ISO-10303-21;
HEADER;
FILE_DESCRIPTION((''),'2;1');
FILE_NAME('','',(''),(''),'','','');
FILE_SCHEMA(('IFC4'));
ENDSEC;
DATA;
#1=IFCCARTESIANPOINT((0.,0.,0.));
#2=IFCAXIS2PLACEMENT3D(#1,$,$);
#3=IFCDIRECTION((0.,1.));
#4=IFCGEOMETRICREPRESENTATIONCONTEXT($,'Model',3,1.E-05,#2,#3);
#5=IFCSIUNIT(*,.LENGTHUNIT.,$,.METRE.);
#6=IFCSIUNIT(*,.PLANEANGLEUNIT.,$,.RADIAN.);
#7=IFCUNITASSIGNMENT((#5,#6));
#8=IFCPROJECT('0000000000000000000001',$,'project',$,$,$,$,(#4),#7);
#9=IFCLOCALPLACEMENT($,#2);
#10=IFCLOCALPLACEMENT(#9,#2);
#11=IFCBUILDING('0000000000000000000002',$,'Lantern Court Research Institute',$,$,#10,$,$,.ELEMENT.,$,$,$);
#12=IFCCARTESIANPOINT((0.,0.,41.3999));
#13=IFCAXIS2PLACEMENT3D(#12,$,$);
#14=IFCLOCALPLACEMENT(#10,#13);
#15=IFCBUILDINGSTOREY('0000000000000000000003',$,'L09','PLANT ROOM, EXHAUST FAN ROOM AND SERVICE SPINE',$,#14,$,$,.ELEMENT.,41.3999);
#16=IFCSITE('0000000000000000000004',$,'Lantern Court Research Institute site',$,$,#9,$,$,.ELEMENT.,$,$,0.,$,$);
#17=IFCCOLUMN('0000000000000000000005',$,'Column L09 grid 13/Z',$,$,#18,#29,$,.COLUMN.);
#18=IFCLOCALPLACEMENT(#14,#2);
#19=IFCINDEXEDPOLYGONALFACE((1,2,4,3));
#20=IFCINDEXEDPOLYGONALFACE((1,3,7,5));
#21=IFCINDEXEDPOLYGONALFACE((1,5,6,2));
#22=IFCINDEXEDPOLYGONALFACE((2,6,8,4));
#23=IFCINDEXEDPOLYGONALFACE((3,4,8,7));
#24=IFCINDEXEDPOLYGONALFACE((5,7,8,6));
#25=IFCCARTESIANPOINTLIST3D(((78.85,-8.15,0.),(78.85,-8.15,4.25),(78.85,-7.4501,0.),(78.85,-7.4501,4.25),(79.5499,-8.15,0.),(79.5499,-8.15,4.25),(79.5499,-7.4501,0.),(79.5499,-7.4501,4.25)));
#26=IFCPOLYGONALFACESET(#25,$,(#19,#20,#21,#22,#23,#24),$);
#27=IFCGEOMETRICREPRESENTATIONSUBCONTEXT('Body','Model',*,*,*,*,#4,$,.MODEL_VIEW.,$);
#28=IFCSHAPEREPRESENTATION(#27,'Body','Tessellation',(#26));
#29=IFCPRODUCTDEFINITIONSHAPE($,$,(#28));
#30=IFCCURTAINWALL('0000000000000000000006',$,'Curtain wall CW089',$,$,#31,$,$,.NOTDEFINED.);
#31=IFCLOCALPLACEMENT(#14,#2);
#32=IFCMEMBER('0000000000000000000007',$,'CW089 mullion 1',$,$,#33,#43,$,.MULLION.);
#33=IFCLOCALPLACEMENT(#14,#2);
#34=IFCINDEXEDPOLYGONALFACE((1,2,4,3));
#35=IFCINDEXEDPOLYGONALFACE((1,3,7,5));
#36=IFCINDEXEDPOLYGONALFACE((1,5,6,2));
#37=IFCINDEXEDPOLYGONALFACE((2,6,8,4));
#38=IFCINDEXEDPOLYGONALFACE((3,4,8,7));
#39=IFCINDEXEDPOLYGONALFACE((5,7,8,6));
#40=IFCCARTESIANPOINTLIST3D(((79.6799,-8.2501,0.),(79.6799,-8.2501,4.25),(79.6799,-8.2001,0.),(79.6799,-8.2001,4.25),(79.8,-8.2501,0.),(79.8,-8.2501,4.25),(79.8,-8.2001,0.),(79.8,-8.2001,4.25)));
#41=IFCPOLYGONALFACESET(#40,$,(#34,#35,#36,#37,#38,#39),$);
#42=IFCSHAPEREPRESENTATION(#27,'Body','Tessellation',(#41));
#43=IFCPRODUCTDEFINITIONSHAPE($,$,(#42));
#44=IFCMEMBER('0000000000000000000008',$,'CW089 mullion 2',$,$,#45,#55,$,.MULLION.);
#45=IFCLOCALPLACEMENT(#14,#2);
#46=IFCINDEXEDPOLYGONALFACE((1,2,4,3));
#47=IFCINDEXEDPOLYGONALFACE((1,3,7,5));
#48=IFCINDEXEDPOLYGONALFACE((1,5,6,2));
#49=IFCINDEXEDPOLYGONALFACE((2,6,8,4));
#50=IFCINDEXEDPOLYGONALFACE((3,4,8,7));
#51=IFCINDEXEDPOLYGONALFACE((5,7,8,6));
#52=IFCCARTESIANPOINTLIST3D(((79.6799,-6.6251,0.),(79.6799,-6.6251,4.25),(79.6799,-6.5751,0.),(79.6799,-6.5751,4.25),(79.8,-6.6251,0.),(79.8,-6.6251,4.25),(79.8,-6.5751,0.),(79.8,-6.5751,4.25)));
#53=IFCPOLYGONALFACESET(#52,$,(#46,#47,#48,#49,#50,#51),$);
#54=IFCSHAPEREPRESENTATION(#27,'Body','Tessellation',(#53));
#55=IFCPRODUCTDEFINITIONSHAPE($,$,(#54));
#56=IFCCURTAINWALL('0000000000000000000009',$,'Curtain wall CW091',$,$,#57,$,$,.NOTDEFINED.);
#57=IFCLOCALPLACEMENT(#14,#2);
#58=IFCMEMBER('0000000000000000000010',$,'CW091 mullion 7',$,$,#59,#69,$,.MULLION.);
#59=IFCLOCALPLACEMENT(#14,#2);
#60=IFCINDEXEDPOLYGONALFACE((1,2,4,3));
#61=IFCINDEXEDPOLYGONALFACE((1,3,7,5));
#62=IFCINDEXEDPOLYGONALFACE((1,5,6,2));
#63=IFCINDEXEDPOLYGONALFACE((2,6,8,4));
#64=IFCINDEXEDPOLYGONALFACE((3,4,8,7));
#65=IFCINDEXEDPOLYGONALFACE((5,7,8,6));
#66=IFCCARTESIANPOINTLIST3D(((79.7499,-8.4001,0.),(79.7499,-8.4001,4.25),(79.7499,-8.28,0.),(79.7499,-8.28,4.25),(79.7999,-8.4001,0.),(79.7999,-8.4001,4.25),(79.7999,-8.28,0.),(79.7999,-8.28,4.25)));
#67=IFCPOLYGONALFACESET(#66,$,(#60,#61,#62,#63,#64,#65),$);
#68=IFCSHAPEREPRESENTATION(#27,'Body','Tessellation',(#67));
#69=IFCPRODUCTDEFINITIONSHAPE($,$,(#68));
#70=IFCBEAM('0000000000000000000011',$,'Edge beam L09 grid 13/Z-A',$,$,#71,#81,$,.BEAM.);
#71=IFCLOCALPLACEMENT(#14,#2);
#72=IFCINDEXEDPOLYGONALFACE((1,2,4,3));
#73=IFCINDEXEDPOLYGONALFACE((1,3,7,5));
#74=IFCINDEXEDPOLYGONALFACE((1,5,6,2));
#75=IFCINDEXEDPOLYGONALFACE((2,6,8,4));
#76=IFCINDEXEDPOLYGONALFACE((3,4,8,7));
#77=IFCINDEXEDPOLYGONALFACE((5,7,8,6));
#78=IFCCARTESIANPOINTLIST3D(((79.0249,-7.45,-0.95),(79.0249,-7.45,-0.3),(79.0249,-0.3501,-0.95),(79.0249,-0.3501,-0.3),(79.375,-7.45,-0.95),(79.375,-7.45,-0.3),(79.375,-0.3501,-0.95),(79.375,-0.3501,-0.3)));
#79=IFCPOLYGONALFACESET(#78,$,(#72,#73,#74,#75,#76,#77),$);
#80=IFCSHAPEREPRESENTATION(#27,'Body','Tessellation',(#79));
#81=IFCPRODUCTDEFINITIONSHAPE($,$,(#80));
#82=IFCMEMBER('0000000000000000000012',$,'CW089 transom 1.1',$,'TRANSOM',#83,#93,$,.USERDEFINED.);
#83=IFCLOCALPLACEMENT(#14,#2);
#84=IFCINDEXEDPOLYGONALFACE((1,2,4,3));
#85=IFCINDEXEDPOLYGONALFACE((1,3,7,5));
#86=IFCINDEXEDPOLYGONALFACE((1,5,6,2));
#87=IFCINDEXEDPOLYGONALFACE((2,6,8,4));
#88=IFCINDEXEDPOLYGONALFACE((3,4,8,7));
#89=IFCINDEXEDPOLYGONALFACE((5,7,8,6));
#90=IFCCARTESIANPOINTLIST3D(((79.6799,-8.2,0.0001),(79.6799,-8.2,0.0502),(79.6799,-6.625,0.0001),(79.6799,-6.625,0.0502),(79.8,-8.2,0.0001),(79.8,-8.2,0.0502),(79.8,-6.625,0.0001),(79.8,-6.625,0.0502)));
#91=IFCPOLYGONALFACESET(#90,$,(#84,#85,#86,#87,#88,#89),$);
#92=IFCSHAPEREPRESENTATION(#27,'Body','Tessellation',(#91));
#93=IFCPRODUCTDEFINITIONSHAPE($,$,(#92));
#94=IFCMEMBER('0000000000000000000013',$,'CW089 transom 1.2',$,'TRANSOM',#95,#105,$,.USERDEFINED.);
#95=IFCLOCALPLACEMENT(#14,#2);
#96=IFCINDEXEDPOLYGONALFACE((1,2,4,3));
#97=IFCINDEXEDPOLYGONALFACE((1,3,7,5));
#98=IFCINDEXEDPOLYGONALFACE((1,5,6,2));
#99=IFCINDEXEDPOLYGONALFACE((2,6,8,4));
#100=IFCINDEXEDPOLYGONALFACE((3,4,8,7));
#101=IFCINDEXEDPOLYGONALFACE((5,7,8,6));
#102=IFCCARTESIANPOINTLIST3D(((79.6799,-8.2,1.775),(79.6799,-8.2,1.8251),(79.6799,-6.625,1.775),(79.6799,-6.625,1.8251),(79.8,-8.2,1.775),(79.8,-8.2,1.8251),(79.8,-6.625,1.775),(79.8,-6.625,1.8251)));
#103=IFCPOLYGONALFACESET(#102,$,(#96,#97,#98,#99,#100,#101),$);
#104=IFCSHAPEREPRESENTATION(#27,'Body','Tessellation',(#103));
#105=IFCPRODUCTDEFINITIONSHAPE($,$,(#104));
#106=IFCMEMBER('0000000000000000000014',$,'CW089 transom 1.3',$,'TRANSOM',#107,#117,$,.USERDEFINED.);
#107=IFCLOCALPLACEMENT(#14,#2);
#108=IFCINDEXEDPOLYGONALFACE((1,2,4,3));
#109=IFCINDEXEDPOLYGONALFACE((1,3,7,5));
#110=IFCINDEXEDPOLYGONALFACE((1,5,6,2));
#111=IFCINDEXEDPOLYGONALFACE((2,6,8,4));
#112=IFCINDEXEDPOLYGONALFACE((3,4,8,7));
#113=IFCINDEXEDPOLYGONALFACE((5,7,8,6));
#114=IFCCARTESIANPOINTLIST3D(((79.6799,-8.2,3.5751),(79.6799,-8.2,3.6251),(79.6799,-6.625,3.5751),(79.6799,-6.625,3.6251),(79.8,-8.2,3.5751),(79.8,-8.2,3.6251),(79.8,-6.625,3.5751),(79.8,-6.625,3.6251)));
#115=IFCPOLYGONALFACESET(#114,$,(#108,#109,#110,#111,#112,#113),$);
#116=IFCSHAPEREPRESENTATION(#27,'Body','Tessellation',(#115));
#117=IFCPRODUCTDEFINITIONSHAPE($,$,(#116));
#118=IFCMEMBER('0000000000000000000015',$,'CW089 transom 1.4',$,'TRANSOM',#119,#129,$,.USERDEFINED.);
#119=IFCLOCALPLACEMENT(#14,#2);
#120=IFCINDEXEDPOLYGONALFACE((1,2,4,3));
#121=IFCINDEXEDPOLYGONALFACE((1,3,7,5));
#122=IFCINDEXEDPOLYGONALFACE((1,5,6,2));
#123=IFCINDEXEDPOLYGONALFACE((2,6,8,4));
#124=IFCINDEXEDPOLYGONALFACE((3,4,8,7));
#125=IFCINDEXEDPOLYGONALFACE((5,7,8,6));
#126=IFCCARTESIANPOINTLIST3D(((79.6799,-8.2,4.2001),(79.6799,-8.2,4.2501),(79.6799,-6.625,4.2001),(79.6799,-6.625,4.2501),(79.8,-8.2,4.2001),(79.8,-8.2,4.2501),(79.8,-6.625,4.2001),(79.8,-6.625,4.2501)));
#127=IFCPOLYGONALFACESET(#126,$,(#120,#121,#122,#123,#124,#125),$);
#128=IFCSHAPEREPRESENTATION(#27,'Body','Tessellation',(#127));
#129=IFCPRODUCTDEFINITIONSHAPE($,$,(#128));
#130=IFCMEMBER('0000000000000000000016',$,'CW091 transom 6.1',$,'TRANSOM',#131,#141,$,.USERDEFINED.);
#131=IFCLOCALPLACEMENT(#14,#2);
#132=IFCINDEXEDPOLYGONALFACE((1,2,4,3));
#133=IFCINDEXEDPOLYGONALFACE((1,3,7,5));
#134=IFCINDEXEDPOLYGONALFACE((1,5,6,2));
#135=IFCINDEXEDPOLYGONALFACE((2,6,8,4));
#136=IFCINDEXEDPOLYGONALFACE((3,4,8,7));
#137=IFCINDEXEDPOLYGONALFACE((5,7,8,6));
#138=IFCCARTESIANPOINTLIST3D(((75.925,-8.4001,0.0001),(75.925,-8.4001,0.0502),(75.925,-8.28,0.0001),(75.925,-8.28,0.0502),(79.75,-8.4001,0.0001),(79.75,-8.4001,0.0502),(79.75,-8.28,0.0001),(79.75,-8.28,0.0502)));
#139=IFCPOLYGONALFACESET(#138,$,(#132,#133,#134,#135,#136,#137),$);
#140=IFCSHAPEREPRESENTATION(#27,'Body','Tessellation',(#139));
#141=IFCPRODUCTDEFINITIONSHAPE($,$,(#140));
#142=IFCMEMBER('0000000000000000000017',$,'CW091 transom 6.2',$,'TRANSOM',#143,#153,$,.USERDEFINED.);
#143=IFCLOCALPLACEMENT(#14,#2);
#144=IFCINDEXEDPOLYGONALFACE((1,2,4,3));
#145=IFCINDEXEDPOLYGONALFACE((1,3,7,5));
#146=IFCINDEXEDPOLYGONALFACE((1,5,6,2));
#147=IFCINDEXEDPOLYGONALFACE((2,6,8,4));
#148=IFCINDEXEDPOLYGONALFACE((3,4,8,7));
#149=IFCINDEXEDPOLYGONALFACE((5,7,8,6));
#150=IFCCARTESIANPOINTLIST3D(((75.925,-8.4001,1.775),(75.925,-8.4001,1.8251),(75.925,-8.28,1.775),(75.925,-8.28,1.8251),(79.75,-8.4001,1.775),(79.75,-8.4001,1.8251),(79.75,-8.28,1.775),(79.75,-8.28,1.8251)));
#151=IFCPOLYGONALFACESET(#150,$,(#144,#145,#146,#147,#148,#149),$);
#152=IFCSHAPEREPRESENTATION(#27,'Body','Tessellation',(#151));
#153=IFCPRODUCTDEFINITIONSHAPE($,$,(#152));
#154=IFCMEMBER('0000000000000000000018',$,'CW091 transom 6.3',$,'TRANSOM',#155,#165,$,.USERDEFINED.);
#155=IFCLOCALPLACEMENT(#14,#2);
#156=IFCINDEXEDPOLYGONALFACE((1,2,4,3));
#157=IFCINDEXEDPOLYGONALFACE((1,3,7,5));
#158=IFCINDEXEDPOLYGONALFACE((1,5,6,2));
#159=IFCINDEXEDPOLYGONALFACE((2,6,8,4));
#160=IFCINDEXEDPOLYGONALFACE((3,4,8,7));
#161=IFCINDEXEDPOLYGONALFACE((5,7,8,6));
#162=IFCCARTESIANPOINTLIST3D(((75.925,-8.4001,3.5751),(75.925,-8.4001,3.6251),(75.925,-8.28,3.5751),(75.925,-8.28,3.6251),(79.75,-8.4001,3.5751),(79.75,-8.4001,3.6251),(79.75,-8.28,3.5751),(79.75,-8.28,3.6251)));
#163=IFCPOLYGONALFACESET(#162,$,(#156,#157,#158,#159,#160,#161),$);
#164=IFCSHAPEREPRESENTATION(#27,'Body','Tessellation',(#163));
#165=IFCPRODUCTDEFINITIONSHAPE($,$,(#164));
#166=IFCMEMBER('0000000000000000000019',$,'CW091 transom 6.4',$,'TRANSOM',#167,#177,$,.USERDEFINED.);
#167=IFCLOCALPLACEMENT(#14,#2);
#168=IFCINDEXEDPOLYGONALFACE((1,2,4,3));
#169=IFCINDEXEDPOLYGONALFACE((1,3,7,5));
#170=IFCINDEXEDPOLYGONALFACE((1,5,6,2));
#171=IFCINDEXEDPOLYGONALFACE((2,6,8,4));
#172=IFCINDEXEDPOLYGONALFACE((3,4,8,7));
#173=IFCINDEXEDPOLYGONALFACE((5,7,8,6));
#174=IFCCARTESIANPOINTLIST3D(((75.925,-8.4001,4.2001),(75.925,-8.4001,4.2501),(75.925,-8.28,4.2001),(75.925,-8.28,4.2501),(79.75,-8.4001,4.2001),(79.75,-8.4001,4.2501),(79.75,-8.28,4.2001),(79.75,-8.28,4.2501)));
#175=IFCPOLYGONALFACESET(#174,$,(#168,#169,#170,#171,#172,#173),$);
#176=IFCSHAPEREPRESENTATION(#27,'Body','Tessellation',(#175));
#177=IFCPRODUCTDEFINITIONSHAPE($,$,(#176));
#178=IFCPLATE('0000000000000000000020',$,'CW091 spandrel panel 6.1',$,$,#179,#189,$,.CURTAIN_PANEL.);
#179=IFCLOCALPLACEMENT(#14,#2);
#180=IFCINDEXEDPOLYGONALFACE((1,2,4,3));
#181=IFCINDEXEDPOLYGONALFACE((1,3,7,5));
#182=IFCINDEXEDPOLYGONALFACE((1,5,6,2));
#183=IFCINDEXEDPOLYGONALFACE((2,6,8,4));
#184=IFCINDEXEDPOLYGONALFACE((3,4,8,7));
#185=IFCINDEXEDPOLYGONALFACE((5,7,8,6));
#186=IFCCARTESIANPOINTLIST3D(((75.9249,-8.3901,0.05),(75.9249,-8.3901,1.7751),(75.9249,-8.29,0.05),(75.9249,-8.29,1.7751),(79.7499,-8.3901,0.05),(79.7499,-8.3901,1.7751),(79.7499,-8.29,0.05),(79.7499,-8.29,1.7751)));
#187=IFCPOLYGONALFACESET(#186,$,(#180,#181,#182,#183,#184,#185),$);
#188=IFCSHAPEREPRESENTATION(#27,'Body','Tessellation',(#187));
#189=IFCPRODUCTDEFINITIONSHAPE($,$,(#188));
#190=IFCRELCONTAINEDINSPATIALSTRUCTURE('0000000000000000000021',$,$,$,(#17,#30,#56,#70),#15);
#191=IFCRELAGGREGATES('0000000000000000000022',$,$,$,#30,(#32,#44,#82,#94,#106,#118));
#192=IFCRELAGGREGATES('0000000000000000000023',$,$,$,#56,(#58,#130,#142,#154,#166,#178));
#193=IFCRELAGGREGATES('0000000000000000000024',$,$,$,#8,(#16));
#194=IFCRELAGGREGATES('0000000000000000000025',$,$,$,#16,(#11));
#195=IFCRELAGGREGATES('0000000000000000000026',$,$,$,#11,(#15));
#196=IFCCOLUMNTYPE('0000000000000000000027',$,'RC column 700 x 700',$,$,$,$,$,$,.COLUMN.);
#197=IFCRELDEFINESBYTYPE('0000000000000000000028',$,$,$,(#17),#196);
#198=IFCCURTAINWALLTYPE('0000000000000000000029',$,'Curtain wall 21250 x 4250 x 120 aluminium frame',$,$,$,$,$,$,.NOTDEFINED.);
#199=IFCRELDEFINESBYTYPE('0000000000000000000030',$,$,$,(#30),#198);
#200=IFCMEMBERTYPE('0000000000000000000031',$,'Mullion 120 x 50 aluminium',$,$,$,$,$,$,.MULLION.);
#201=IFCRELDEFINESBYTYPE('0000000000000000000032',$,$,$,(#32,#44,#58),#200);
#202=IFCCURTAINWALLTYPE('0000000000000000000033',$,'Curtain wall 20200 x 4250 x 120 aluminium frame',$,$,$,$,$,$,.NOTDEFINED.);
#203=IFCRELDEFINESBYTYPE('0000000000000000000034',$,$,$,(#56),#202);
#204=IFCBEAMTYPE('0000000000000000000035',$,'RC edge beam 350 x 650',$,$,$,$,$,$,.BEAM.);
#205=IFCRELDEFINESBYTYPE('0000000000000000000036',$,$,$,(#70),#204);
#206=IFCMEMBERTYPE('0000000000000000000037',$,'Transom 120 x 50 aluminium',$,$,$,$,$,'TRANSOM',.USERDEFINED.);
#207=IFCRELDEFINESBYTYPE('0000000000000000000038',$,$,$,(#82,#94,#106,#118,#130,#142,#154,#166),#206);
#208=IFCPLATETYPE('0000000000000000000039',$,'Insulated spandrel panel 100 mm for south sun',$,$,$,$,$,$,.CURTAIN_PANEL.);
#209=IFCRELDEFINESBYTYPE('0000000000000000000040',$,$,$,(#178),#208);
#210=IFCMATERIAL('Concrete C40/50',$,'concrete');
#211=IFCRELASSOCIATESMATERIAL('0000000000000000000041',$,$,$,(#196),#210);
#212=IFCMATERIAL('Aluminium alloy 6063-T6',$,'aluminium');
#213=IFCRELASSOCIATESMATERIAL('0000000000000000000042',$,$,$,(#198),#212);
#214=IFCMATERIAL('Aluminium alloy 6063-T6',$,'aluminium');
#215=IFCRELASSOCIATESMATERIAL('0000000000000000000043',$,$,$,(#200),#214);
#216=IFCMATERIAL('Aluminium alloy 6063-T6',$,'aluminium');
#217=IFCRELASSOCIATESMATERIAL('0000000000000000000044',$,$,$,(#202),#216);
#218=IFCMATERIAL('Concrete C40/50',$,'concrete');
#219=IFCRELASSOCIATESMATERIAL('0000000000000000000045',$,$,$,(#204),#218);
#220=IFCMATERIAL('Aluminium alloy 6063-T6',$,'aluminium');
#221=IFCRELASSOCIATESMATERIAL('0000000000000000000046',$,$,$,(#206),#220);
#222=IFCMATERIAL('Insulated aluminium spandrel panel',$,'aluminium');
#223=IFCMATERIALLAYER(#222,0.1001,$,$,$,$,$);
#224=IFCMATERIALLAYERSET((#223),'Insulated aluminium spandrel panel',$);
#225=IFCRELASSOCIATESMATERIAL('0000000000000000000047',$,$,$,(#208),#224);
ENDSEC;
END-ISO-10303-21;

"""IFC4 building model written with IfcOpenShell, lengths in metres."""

from ifc_helpers import new_model, si_unit, direction, frame, origin, origin_2d, place, context, subcontext, project, spatial, rectangle, extrude, material, layer, layer_set, material_profile, profile_set, type_object, element, aggregate, save


model = new_model("IFC4")

# Units and contexts
model_context = context("Model", 3, precision=1e-05, world=origin(), true_north=direction((0.0, 1.0)))
body_context = subcontext(model_context, "Body", "Model", "MODEL_VIEW")
ifc_project = project(units=[si_unit("LENGTHUNIT", "METRE"), si_unit("PLANEANGLEUNIT", "RADIAN")], contexts=[model_context])

# Site, building, storey
site_placement = place(None, origin())
site = spatial("IfcSite", under=ifc_project, at=site_placement, Name="Lantern Court Research Institute site", CompositionType="ELEMENT", RefElevation=0.0)
building_placement = place(site_placement, origin())
building = spatial("IfcBuilding", under=site, at=building_placement, Name="Lantern Court Research Institute", CompositionType="ELEMENT")
storey_placement = place(building_placement, frame((0.0, 0.0, 41.3999)))
storey = spatial("IfcBuildingStorey", under=building, at=storey_placement, Name="L09", Description="PLANT ROOM, EXHAUST FAN ROOM AND SERVICE SPINE", CompositionType="ELEMENT", Elevation=41.3999)

# Column
ifc_material_1 = material(Name="Concrete C40/50", Category="concrete")
ifc_material_profile_1 = material_profile(ifc_material_1, rectangle(XDim=0.7, YDim=0.7, at=origin_2d()), Name="RC column 700 x 700")
ifc_profile_set_1 = profile_set([ifc_material_profile_1], Name="Concrete C40/50")
column_type = type_object("IfcColumnType", Name="RC column 700 x 700", PredefinedType="COLUMN", material=ifc_profile_set_1)
column_placement = place(storey_placement, frame((79.2, -7.8, 0.0), z_axis=(0.0, 0.0, 1.0), x_axis=(1.0, 0.0, 0.0)))
element("IfcColumn", 1, at=column_placement, inside=storey, type_object=column_type, Name="Column L09 grid 13/Z", PredefinedType="COLUMN", context=body_context, shape_type="SweptSolid", body=[
    extrude(rectangle(XDim=0.7, YDim=0.7, at=origin_2d()), origin(), (0.0, 0.0, 1.0), 4.25),
])

# Curtain wall, members
ifc_material_2 = material(Name="Aluminium alloy 6063-T6", Category="aluminium")
curtain_wall_type_1 = type_object("IfcCurtainWallType", Name="Curtain wall 21250 x 4250 x 120 aluminium frame", PredefinedType="NOTDEFINED", material=ifc_material_2)
curtain_wall_1_placement = place(storey_placement, origin())
curtain_wall_1 = element("IfcCurtainWall", 2, at=curtain_wall_1_placement, inside=storey, type_object=curtain_wall_type_1, Name="Curtain wall CW089", PredefinedType="NOTDEFINED")
ifc_material_3 = material(Name="Aluminium alloy 6063-T6", Category="aluminium")
ifc_material_profile_2 = material_profile(ifc_material_3, rectangle(XDim=0.1201, YDim=0.05, at=origin_2d()), Name="Mullion 120 x 50")
ifc_profile_set_2 = profile_set([ifc_material_profile_2], Name="Aluminium alloy 6063-T6")
member_type_1 = type_object("IfcMemberType", Name="Mullion 120 x 50 aluminium", PredefinedType="MULLION", material=ifc_profile_set_2)
member_1_placement = place(storey_placement, frame((79.74, -8.2251, 0.0), z_axis=(0.0, 0.0, 1.0), x_axis=(1.0, 0.0, 0.0)))
member_1 = element("IfcMember", 3, at=member_1_placement, type_object=member_type_1, Name="CW089 mullion 1", PredefinedType="MULLION", context=body_context, shape_type="SweptSolid", body=[
    extrude(rectangle(XDim=0.1201, YDim=0.05, at=origin_2d()), origin(), (0.0, 0.0, 1.0), 4.25),
])
member_2_placement = place(storey_placement, frame((79.74, -6.6001, 0.0), z_axis=(0.0, 0.0, 1.0), x_axis=(1.0, 0.0, 0.0)))
member_2 = element("IfcMember", 4, at=member_2_placement, type_object=member_type_1, Name="CW089 mullion 2", PredefinedType="MULLION", context=body_context, shape_type="SweptSolid", body=[
    extrude(rectangle(XDim=0.1201, YDim=0.05, at=origin_2d()), origin(), (0.0, 0.0, 1.0), 4.25),
])

# Curtain wall, member
ifc_material_4 = material(Name="Aluminium alloy 6063-T6", Category="aluminium")
curtain_wall_type_2 = type_object("IfcCurtainWallType", Name="Curtain wall 20200 x 4250 x 120 aluminium frame", PredefinedType="NOTDEFINED", material=ifc_material_4)
curtain_wall_2_placement = place(storey_placement, origin())
curtain_wall_2 = element("IfcCurtainWall", 5, at=curtain_wall_2_placement, inside=storey, type_object=curtain_wall_type_2, Name="Curtain wall CW091", PredefinedType="NOTDEFINED")
member_3_placement = place(storey_placement, frame((79.7749, -8.3401, 0.0), z_axis=(0.0, 0.0, 1.0), x_axis=(0.0, -1.0, 0.0)))
member_3 = element("IfcMember", 6, at=member_3_placement, type_object=member_type_1, Name="CW091 mullion 7", PredefinedType="MULLION", context=body_context, shape_type="SweptSolid", body=[
    extrude(rectangle(XDim=0.1201, YDim=0.05, at=origin_2d()), origin(), (0.0, 0.0, 1.0), 4.25),
])

# Beam
ifc_material_5 = material(Name="Concrete C40/50", Category="concrete")
ifc_material_profile_3 = material_profile(ifc_material_5, rectangle(XDim=0.3501, YDim=0.6499, at=origin_2d()), Name="RC beam 350 x 650")
ifc_profile_set_3 = profile_set([ifc_material_profile_3], Name="Concrete C40/50")
beam_type = type_object("IfcBeamType", Name="RC edge beam 350 x 650", PredefinedType="BEAM", material=ifc_profile_set_3)
beam_placement = place(storey_placement, frame((79.2, -7.45, -0.625), z_axis=(0.0, 1.0, 0.0), x_axis=(-1.0, 0.0, 0.0)))
element("IfcBeam", 7, at=beam_placement, inside=storey, type_object=beam_type, Name="Edge beam L09 grid 13/Z-A", PredefinedType="BEAM", context=body_context, shape_type="SweptSolid", body=[
    extrude(rectangle(XDim=0.3501, YDim=0.6499, at=origin_2d()), origin(), (0.0, 0.0, 1.0), 7.0999),
])

# Members
ifc_material_6 = material(Name="Aluminium alloy 6063-T6", Category="aluminium")
ifc_material_profile_4 = material_profile(ifc_material_6, rectangle(XDim=0.1201, YDim=0.05, at=origin_2d()), Name="Transom 120 x 50")
ifc_profile_set_4 = profile_set([ifc_material_profile_4], Name="Aluminium alloy 6063-T6")
member_type_2 = type_object("IfcMemberType", Name="Transom 120 x 50 aluminium", ElementType="TRANSOM", PredefinedType="USERDEFINED", material=ifc_profile_set_4)
member_4_placement = place(storey_placement, frame((79.74, -6.625, 0.0251), z_axis=(0.0, -1.0, 0.0), x_axis=(1.0, 0.0, 0.0)))
member_4 = element("IfcMember", 8, at=member_4_placement, type_object=member_type_2, Name="CW089 transom 1.1", ObjectType="TRANSOM", PredefinedType="USERDEFINED", context=body_context, shape_type="SweptSolid", body=[
    extrude(rectangle(XDim=0.1201, YDim=0.05, at=origin_2d()), origin(), (0.0, 0.0, 1.0), 1.575),
])
member_5_placement = place(storey_placement, frame((79.74, -6.625, 1.8), z_axis=(0.0, -1.0, 0.0), x_axis=(1.0, 0.0, 0.0)))
member_5 = element("IfcMember", 9, at=member_5_placement, type_object=member_type_2, Name="CW089 transom 1.2", ObjectType="TRANSOM", PredefinedType="USERDEFINED", context=body_context, shape_type="SweptSolid", body=[
    extrude(rectangle(XDim=0.1201, YDim=0.05, at=origin_2d()), origin(), (0.0, 0.0, 1.0), 1.575),
])
member_6_placement = place(storey_placement, frame((79.74, -6.625, 3.6001), z_axis=(0.0, -1.0, 0.0), x_axis=(1.0, 0.0, 0.0)))
member_6 = element("IfcMember", 10, at=member_6_placement, type_object=member_type_2, Name="CW089 transom 1.3", ObjectType="TRANSOM", PredefinedType="USERDEFINED", context=body_context, shape_type="SweptSolid", body=[
    extrude(rectangle(XDim=0.1201, YDim=0.05, at=origin_2d()), origin(), (0.0, 0.0, 1.0), 1.575),
])
member_7_placement = place(storey_placement, frame((79.74, -6.625, 4.2251), z_axis=(0.0, -1.0, 0.0), x_axis=(1.0, 0.0, 0.0)))
member_7 = element("IfcMember", 11, at=member_7_placement, type_object=member_type_2, Name="CW089 transom 1.4", ObjectType="TRANSOM", PredefinedType="USERDEFINED", context=body_context, shape_type="SweptSolid", body=[
    extrude(rectangle(XDim=0.1201, YDim=0.05, at=origin_2d()), origin(), (0.0, 0.0, 1.0), 1.575),
])
member_8_placement = place(storey_placement, frame((79.75, -8.3401, 0.0251), z_axis=(-1.0, 0.0, 0.0), x_axis=(0.0, -1.0, 0.0)))
member_8 = element("IfcMember", 12, at=member_8_placement, type_object=member_type_2, Name="CW091 transom 6.1", ObjectType="TRANSOM", PredefinedType="USERDEFINED", context=body_context, shape_type="SweptSolid", body=[
    extrude(rectangle(XDim=0.1201, YDim=0.05, at=origin_2d()), origin(), (0.0, 0.0, 1.0), 3.825),
])
member_9_placement = place(storey_placement, frame((79.75, -8.3401, 1.8), z_axis=(-1.0, 0.0, 0.0), x_axis=(0.0, -1.0, 0.0)))
member_9 = element("IfcMember", 13, at=member_9_placement, type_object=member_type_2, Name="CW091 transom 6.2", ObjectType="TRANSOM", PredefinedType="USERDEFINED", context=body_context, shape_type="SweptSolid", body=[
    extrude(rectangle(XDim=0.1201, YDim=0.05, at=origin_2d()), origin(), (0.0, 0.0, 1.0), 3.825),
])
member_10_placement = place(storey_placement, frame((79.75, -8.3401, 3.6001), z_axis=(-1.0, 0.0, 0.0), x_axis=(0.0, -1.0, 0.0)))
member_10 = element("IfcMember", 14, at=member_10_placement, type_object=member_type_2, Name="CW091 transom 6.3", ObjectType="TRANSOM", PredefinedType="USERDEFINED", context=body_context, shape_type="SweptSolid", body=[
    extrude(rectangle(XDim=0.1201, YDim=0.05, at=origin_2d()), origin(), (0.0, 0.0, 1.0), 3.825),
])
member_11_placement = place(storey_placement, frame((79.75, -8.3401, 4.2251), z_axis=(-1.0, 0.0, 0.0), x_axis=(0.0, -1.0, 0.0)))
member_11 = element("IfcMember", 15, at=member_11_placement, type_object=member_type_2, Name="CW091 transom 6.4", ObjectType="TRANSOM", PredefinedType="USERDEFINED", context=body_context, shape_type="SweptSolid", body=[
    extrude(rectangle(XDim=0.1201, YDim=0.05, at=origin_2d()), origin(), (0.0, 0.0, 1.0), 3.825),
])

# Plate
ifc_material_7 = material(Name="Insulated aluminium spandrel panel", Category="aluminium")
ifc_layer_1 = layer(ifc_material_7, 0.1001)
ifc_layer_set_1 = layer_set([ifc_layer_1], Name="Insulated aluminium spandrel panel")
plate_type_1 = type_object("IfcPlateType", Name="Insulated spandrel panel 100 mm for south sun", PredefinedType="CURTAIN_PANEL", material=ifc_layer_set_1)
plate_1_placement = place(storey_placement, frame((77.8374, -8.3401, 0.05), z_axis=(0.0, 0.0, 1.0), x_axis=(-1.0, 0.0, 0.0)))
plate_1 = element("IfcPlate", 16, at=plate_1_placement, type_object=plate_type_1, Name="CW091 spandrel panel 6.1", PredefinedType="CURTAIN_PANEL", context=body_context, shape_type="SweptSolid", body=[
    extrude(rectangle(XDim=3.825, YDim=0.1001, at=origin_2d()), origin(), (0.0, 0.0, 1.0), 1.7251),
])
aggregate(curtain_wall_1, [member_1, member_2, member_4, member_5, member_6, member_7])
aggregate(curtain_wall_2, [member_3, member_8, member_9, member_10, member_11, plate_1])

save(model, "model.ifc")
